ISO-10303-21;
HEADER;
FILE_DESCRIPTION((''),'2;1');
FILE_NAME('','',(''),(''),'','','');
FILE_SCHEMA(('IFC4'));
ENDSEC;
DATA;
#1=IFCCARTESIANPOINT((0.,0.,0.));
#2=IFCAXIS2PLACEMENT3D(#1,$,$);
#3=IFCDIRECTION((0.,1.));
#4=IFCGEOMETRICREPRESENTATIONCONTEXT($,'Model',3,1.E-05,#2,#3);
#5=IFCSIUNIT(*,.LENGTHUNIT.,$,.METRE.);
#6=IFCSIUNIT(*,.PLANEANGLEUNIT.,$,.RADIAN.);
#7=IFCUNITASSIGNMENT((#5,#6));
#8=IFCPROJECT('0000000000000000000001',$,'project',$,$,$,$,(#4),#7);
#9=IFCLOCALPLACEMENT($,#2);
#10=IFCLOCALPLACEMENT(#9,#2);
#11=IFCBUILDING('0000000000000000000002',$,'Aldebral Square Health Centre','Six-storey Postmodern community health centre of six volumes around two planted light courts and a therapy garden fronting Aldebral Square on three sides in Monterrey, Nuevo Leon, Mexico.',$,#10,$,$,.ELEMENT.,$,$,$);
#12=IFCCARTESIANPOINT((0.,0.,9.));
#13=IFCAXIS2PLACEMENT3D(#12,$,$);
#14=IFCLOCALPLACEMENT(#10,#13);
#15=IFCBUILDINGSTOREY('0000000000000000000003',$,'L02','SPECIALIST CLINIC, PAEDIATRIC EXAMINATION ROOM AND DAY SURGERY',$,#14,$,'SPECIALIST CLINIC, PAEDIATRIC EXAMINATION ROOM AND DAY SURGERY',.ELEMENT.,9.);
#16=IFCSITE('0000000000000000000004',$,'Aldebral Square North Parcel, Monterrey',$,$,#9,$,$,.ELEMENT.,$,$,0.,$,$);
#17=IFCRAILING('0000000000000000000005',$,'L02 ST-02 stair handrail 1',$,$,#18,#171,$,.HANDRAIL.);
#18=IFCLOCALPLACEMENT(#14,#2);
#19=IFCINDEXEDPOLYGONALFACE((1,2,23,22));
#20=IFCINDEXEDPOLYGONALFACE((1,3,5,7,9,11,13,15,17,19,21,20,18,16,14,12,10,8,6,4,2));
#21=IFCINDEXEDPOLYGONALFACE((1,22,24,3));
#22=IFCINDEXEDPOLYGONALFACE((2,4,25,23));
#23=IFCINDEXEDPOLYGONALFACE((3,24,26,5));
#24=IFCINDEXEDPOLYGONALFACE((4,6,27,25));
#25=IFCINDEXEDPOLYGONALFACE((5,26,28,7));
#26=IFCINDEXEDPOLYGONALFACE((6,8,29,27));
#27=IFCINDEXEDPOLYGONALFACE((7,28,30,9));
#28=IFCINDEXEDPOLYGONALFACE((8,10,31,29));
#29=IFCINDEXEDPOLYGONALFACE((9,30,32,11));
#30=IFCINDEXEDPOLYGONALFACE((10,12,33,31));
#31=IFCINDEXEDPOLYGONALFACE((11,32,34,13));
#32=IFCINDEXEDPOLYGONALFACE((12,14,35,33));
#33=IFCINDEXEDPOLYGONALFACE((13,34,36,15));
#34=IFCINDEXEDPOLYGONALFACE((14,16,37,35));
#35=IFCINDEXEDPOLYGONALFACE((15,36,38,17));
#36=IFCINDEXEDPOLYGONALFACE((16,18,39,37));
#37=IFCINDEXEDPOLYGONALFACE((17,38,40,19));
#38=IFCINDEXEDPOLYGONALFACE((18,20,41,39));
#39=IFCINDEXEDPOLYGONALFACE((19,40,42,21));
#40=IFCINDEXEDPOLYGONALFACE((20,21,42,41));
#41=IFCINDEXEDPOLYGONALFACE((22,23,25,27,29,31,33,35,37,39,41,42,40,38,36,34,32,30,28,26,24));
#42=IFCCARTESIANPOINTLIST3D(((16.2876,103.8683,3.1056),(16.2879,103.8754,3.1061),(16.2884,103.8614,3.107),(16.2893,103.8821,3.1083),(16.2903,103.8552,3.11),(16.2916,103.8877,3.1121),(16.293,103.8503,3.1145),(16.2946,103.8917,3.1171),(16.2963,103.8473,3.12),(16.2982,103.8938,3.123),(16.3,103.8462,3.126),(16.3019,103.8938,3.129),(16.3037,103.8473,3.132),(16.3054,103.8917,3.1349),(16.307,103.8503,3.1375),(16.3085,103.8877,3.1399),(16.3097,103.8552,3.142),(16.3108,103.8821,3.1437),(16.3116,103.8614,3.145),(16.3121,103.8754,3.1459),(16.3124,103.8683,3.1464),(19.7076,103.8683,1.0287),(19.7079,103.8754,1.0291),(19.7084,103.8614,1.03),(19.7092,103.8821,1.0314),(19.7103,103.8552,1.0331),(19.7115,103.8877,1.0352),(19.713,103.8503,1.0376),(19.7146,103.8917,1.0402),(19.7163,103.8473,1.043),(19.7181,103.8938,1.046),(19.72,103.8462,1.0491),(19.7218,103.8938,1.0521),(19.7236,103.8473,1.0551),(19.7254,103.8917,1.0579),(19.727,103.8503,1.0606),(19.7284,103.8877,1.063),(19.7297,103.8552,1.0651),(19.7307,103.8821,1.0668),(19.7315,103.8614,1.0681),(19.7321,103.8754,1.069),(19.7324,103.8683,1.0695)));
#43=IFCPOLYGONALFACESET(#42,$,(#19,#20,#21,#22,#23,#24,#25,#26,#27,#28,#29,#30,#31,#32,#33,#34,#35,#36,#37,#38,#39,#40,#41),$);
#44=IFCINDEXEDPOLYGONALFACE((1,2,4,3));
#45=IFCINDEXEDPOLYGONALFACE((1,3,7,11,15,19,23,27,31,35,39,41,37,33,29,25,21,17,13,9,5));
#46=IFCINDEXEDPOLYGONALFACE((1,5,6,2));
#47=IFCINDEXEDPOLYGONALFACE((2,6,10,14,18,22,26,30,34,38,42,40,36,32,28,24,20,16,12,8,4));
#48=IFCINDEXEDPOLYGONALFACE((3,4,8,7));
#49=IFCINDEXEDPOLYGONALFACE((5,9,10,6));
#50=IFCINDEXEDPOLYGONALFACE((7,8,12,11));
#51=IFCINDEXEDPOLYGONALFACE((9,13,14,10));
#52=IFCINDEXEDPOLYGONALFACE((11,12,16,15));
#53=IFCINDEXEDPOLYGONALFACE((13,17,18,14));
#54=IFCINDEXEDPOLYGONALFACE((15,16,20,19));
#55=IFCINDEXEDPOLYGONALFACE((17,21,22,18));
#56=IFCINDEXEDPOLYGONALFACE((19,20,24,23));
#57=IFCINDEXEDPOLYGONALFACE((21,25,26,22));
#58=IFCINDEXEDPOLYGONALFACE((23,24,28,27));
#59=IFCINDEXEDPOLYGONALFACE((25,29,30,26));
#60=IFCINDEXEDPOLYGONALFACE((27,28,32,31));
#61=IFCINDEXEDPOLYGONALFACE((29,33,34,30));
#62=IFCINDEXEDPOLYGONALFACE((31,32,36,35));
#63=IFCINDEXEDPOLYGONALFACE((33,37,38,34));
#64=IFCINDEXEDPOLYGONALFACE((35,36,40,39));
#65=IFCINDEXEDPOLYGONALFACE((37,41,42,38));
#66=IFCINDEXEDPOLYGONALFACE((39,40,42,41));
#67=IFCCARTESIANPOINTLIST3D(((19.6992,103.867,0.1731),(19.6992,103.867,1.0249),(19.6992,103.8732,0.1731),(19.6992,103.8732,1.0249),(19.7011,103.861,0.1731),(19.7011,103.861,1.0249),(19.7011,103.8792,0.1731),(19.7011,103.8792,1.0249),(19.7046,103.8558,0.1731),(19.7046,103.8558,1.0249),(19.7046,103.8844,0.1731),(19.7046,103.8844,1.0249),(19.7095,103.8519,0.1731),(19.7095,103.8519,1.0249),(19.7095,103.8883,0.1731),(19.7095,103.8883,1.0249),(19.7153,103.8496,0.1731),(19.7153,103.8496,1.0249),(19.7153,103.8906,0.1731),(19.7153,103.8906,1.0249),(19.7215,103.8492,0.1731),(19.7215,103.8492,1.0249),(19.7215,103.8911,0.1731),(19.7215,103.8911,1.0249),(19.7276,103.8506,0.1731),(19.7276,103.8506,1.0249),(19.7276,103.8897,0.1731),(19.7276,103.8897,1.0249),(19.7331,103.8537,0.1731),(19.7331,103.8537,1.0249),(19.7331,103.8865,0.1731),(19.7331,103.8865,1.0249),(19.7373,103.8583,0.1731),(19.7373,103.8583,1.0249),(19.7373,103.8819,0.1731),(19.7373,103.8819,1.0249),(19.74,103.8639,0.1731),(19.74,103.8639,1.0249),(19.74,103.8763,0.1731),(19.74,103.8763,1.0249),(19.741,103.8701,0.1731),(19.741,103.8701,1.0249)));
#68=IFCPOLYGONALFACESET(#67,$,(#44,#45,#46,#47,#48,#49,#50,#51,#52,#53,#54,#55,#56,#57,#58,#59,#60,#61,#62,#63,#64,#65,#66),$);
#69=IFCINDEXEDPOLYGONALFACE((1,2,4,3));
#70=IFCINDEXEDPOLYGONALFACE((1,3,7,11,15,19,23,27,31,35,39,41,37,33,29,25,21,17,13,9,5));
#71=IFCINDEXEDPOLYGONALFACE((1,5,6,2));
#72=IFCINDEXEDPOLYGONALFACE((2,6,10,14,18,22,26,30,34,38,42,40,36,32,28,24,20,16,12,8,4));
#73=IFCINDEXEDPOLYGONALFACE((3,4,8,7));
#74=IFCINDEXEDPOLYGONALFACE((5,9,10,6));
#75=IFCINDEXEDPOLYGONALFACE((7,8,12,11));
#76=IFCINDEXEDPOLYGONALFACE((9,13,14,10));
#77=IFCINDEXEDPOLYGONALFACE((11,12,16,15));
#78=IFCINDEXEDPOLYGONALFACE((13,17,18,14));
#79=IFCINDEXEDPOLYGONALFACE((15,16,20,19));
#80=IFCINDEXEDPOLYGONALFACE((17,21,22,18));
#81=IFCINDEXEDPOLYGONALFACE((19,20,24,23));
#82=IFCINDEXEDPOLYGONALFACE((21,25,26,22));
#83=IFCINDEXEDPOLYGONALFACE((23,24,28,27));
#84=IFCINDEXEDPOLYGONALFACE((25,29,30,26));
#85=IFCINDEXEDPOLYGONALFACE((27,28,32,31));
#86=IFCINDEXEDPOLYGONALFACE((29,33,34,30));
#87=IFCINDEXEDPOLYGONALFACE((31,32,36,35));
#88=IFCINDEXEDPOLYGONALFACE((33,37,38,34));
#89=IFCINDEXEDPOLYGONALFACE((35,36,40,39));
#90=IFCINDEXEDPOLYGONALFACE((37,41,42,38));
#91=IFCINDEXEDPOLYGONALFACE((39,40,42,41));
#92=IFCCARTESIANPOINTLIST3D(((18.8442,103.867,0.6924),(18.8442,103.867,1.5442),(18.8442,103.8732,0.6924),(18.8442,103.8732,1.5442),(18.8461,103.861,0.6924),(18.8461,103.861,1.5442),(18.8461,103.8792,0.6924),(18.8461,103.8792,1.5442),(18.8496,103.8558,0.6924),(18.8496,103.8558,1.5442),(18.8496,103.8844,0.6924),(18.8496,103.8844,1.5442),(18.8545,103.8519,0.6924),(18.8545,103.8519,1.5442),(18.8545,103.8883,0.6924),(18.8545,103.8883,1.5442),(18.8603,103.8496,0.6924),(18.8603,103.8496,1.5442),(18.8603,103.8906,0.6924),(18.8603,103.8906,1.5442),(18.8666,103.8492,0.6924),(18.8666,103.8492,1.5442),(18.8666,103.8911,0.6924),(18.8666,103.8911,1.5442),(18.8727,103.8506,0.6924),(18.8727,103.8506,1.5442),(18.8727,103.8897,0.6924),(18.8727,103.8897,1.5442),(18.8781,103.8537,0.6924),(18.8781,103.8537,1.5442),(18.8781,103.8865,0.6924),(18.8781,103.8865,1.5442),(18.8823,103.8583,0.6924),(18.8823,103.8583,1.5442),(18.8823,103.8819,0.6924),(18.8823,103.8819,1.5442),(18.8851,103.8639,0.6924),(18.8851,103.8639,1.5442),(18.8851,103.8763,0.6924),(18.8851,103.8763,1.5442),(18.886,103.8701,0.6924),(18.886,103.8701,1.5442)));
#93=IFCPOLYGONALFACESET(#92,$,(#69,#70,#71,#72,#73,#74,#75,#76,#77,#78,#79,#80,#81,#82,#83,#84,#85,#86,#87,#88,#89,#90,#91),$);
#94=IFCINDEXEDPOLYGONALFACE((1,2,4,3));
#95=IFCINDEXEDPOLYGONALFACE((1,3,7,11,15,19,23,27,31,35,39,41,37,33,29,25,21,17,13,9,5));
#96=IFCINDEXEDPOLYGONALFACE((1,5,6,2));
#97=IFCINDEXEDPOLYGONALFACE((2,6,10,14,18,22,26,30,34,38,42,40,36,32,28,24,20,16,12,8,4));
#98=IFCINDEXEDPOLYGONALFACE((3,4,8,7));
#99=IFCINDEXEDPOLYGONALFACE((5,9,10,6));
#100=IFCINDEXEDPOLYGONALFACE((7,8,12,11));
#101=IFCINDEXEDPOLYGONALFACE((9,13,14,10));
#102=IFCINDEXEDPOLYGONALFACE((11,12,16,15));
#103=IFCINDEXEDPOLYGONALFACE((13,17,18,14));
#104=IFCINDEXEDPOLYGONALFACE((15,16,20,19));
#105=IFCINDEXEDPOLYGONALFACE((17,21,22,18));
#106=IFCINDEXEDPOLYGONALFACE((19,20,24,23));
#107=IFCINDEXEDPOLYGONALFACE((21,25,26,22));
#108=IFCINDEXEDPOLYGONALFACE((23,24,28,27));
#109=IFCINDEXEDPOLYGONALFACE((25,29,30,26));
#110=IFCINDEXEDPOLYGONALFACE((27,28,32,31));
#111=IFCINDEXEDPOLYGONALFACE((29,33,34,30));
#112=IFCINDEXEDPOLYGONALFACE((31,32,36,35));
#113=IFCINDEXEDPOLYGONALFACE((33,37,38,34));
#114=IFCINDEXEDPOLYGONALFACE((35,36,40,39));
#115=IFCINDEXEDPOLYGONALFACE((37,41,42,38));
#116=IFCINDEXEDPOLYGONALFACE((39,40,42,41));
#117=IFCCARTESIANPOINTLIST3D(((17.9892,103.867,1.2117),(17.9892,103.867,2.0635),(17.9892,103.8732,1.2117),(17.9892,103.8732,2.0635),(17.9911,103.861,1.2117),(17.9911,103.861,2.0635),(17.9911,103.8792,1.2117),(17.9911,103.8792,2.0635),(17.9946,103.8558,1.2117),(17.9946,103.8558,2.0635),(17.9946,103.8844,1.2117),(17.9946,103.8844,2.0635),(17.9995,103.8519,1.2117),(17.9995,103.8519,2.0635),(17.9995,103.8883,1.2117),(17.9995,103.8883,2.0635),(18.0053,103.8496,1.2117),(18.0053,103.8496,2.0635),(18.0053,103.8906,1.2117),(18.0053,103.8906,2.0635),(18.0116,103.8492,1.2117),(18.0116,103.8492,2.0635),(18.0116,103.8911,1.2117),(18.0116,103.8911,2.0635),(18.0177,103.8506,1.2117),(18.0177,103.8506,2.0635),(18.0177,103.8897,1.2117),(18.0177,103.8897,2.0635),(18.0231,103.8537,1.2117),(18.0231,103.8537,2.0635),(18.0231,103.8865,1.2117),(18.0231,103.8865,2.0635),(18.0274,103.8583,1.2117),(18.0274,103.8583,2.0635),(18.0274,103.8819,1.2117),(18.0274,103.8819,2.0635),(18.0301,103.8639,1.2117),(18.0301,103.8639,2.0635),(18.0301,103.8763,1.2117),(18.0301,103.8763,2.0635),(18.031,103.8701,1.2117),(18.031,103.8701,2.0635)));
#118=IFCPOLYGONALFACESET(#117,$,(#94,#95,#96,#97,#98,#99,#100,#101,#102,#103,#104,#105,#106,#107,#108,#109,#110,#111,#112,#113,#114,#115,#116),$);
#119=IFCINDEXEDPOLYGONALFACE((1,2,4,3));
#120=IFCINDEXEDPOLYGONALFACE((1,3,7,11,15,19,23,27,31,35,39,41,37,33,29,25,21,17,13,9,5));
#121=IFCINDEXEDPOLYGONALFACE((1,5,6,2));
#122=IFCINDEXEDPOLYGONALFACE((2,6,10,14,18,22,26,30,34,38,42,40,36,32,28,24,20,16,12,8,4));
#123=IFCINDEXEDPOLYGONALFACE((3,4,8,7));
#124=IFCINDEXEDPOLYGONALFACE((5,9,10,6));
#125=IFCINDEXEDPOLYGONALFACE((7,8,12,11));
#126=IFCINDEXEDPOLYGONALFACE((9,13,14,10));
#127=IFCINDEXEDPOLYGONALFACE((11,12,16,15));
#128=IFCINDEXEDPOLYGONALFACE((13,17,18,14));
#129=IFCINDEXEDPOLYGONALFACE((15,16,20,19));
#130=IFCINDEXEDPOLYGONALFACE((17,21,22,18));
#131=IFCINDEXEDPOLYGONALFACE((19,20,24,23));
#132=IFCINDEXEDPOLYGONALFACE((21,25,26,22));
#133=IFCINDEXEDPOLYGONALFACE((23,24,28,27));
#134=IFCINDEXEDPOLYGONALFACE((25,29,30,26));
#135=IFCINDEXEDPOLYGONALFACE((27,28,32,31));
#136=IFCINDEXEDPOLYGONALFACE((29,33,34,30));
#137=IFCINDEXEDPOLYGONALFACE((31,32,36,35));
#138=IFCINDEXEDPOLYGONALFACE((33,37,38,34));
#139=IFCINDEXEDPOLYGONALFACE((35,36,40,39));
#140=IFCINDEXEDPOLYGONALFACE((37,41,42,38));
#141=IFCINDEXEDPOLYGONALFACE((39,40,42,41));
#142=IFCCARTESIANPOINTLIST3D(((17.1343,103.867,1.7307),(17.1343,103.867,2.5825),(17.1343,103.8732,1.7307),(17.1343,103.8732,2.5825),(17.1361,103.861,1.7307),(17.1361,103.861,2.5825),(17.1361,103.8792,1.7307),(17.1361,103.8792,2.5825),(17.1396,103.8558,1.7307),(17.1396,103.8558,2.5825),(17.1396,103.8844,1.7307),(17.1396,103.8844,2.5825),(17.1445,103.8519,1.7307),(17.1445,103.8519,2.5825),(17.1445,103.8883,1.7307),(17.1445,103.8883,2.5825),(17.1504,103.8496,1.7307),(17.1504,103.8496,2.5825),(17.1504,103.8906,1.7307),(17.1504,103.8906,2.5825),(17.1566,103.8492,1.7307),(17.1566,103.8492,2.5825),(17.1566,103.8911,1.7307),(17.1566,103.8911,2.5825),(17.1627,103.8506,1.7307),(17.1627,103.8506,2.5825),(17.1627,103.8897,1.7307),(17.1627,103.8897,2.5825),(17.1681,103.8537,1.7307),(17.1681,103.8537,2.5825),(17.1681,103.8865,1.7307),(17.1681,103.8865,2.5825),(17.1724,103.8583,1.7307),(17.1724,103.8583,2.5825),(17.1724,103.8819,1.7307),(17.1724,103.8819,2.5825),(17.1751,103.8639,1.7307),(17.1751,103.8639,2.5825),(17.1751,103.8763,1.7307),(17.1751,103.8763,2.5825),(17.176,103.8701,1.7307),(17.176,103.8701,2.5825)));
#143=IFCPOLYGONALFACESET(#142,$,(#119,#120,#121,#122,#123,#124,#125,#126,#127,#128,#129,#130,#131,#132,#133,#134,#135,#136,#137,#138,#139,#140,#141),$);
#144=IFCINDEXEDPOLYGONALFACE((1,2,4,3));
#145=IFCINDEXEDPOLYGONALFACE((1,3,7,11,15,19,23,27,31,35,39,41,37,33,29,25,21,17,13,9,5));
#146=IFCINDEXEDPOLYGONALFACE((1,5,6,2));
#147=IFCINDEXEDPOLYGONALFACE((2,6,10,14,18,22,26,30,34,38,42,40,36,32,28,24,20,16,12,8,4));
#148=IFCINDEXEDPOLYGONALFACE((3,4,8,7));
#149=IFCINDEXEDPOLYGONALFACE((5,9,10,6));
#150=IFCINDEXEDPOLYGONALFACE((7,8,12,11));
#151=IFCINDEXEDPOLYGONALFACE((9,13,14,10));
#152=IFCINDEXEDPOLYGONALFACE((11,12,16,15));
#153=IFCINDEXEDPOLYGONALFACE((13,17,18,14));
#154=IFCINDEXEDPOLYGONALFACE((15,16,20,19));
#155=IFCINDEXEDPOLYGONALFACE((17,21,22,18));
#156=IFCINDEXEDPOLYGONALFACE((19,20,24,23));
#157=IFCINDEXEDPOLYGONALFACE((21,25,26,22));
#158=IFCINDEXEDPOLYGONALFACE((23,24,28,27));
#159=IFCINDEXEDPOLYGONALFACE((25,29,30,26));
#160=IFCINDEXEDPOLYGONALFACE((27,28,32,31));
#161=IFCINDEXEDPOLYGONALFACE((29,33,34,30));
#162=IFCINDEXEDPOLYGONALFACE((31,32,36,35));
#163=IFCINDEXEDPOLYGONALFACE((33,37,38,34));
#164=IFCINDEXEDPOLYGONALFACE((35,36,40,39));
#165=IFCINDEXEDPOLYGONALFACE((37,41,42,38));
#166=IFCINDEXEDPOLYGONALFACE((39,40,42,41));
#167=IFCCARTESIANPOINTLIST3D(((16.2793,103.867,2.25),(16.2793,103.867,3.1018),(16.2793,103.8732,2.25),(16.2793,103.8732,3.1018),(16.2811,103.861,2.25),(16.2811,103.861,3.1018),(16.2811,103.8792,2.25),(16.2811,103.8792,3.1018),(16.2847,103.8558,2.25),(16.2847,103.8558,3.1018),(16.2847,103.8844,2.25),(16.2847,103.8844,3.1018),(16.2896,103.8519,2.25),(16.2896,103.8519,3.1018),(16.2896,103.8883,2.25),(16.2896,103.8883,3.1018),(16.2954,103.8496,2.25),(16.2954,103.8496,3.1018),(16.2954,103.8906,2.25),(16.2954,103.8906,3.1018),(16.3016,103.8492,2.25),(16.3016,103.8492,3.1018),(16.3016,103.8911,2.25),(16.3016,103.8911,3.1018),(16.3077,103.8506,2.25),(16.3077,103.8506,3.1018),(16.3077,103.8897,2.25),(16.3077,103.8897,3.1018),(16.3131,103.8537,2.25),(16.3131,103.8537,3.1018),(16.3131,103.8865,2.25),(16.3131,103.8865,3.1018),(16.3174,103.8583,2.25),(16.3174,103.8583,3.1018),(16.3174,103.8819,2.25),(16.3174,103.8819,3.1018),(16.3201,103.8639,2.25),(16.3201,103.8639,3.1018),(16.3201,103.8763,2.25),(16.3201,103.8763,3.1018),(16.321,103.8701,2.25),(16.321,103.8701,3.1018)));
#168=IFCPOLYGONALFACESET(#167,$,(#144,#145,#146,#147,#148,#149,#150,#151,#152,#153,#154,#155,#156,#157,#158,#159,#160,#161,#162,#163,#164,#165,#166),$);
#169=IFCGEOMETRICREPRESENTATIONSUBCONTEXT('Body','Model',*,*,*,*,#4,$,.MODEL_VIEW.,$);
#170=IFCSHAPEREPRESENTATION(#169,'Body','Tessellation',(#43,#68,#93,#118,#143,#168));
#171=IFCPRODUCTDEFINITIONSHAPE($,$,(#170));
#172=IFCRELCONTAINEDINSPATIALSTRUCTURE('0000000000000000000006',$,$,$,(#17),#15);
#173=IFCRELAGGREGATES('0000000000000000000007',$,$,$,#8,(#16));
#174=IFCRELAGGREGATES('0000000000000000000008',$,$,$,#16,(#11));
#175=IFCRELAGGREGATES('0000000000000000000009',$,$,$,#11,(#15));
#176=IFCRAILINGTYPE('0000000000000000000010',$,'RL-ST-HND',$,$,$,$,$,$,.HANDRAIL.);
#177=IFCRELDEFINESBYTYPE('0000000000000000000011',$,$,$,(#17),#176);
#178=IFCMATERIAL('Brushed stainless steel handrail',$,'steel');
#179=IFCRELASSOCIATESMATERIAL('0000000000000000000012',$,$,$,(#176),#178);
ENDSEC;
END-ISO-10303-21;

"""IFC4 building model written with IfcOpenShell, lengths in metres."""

from ifc_helpers import new_model, si_unit, direction, frame, origin, origin_2d, place, context, subcontext, project, spatial, circle, extrude, material, type_object, element, save


model = new_model("IFC4")

# Units and contexts
model_context = context("Model", 3, precision=1e-05, world=origin(), true_north=direction((0.0, 1.0)))
body_context = subcontext(model_context, "Body", "Model", "MODEL_VIEW")
ifc_project = project(units=[si_unit("LENGTHUNIT", "METRE"), si_unit("PLANEANGLEUNIT", "RADIAN")], contexts=[model_context])

# Site, building, storey
site_placement = place(None, origin())
site = spatial("IfcSite", under=ifc_project, at=site_placement, Name="Aldebral Square North Parcel, Monterrey", CompositionType="ELEMENT", RefElevation=0.0)
building_placement = place(site_placement, origin())
building = spatial("IfcBuilding", under=site, at=building_placement, Name="Aldebral Square Health Centre", Description="Six-storey Postmodern community health centre of six volumes around two planted light courts and a therapy garden fronting Aldebral Square on three sides in Monterrey, Nuevo Leon, Mexico.", CompositionType="ELEMENT")
storey_placement = place(building_placement, frame((0.0, 0.0, 9.0)))
storey = spatial("IfcBuildingStorey", under=building, at=storey_placement, Name="L02", Description="SPECIALIST CLINIC, PAEDIATRIC EXAMINATION ROOM AND DAY SURGERY", LongName="SPECIALIST CLINIC, PAEDIATRIC EXAMINATION ROOM AND DAY SURGERY", CompositionType="ELEMENT", Elevation=9.0)

# Railing
ifc_material_1 = material(Name="Brushed stainless steel handrail", Category="steel")
railing_type_1 = type_object("IfcRailingType", Name="RL-ST-HND", PredefinedType="HANDRAIL", material=ifc_material_1)
railing_1_placement = place(storey_placement, frame((19.72, 103.8701, 0.1731)))
element("IfcRailing", 1, at=railing_1_placement, inside=storey, type_object=railing_type_1, Name="L02 ST-02 stair handrail 1", PredefinedType="HANDRAIL", context=body_context, shape_type="SweptSolid", body=[
    extrude(circle(Radius=0.0239, at=origin_2d()), frame((0.0, 0.0, 0.876), z_axis=(-0.85473, 0.0, 0.519074), x_axis=(0.0, -1.0, 0.0)), (0.0, 0.0, 1.0), 4.0012),
    extrude(circle(Radius=0.021, at=origin_2d()), origin(), (0.0, 0.0, 1.0), 0.8518),
    extrude(circle(Radius=0.021, at=origin_2d()), frame((-0.855, 0.0, 0.5193)), (0.0, 0.0, 1.0), 0.8518),
    extrude(circle(Radius=0.021, at=origin_2d()), frame((-1.71, 0.0, 1.0386)), (0.0, 0.0, 1.0), 0.8518),
    extrude(circle(Radius=0.021, at=origin_2d()), frame((-2.5649, 0.0, 1.5576)), (0.0, 0.0, 1.0), 0.8518),
    extrude(circle(Radius=0.021, at=origin_2d()), frame((-3.4199, 0.0, 2.0769)), (0.0, 0.0, 1.0), 0.8518),
])

save(model, "model.ifc")
